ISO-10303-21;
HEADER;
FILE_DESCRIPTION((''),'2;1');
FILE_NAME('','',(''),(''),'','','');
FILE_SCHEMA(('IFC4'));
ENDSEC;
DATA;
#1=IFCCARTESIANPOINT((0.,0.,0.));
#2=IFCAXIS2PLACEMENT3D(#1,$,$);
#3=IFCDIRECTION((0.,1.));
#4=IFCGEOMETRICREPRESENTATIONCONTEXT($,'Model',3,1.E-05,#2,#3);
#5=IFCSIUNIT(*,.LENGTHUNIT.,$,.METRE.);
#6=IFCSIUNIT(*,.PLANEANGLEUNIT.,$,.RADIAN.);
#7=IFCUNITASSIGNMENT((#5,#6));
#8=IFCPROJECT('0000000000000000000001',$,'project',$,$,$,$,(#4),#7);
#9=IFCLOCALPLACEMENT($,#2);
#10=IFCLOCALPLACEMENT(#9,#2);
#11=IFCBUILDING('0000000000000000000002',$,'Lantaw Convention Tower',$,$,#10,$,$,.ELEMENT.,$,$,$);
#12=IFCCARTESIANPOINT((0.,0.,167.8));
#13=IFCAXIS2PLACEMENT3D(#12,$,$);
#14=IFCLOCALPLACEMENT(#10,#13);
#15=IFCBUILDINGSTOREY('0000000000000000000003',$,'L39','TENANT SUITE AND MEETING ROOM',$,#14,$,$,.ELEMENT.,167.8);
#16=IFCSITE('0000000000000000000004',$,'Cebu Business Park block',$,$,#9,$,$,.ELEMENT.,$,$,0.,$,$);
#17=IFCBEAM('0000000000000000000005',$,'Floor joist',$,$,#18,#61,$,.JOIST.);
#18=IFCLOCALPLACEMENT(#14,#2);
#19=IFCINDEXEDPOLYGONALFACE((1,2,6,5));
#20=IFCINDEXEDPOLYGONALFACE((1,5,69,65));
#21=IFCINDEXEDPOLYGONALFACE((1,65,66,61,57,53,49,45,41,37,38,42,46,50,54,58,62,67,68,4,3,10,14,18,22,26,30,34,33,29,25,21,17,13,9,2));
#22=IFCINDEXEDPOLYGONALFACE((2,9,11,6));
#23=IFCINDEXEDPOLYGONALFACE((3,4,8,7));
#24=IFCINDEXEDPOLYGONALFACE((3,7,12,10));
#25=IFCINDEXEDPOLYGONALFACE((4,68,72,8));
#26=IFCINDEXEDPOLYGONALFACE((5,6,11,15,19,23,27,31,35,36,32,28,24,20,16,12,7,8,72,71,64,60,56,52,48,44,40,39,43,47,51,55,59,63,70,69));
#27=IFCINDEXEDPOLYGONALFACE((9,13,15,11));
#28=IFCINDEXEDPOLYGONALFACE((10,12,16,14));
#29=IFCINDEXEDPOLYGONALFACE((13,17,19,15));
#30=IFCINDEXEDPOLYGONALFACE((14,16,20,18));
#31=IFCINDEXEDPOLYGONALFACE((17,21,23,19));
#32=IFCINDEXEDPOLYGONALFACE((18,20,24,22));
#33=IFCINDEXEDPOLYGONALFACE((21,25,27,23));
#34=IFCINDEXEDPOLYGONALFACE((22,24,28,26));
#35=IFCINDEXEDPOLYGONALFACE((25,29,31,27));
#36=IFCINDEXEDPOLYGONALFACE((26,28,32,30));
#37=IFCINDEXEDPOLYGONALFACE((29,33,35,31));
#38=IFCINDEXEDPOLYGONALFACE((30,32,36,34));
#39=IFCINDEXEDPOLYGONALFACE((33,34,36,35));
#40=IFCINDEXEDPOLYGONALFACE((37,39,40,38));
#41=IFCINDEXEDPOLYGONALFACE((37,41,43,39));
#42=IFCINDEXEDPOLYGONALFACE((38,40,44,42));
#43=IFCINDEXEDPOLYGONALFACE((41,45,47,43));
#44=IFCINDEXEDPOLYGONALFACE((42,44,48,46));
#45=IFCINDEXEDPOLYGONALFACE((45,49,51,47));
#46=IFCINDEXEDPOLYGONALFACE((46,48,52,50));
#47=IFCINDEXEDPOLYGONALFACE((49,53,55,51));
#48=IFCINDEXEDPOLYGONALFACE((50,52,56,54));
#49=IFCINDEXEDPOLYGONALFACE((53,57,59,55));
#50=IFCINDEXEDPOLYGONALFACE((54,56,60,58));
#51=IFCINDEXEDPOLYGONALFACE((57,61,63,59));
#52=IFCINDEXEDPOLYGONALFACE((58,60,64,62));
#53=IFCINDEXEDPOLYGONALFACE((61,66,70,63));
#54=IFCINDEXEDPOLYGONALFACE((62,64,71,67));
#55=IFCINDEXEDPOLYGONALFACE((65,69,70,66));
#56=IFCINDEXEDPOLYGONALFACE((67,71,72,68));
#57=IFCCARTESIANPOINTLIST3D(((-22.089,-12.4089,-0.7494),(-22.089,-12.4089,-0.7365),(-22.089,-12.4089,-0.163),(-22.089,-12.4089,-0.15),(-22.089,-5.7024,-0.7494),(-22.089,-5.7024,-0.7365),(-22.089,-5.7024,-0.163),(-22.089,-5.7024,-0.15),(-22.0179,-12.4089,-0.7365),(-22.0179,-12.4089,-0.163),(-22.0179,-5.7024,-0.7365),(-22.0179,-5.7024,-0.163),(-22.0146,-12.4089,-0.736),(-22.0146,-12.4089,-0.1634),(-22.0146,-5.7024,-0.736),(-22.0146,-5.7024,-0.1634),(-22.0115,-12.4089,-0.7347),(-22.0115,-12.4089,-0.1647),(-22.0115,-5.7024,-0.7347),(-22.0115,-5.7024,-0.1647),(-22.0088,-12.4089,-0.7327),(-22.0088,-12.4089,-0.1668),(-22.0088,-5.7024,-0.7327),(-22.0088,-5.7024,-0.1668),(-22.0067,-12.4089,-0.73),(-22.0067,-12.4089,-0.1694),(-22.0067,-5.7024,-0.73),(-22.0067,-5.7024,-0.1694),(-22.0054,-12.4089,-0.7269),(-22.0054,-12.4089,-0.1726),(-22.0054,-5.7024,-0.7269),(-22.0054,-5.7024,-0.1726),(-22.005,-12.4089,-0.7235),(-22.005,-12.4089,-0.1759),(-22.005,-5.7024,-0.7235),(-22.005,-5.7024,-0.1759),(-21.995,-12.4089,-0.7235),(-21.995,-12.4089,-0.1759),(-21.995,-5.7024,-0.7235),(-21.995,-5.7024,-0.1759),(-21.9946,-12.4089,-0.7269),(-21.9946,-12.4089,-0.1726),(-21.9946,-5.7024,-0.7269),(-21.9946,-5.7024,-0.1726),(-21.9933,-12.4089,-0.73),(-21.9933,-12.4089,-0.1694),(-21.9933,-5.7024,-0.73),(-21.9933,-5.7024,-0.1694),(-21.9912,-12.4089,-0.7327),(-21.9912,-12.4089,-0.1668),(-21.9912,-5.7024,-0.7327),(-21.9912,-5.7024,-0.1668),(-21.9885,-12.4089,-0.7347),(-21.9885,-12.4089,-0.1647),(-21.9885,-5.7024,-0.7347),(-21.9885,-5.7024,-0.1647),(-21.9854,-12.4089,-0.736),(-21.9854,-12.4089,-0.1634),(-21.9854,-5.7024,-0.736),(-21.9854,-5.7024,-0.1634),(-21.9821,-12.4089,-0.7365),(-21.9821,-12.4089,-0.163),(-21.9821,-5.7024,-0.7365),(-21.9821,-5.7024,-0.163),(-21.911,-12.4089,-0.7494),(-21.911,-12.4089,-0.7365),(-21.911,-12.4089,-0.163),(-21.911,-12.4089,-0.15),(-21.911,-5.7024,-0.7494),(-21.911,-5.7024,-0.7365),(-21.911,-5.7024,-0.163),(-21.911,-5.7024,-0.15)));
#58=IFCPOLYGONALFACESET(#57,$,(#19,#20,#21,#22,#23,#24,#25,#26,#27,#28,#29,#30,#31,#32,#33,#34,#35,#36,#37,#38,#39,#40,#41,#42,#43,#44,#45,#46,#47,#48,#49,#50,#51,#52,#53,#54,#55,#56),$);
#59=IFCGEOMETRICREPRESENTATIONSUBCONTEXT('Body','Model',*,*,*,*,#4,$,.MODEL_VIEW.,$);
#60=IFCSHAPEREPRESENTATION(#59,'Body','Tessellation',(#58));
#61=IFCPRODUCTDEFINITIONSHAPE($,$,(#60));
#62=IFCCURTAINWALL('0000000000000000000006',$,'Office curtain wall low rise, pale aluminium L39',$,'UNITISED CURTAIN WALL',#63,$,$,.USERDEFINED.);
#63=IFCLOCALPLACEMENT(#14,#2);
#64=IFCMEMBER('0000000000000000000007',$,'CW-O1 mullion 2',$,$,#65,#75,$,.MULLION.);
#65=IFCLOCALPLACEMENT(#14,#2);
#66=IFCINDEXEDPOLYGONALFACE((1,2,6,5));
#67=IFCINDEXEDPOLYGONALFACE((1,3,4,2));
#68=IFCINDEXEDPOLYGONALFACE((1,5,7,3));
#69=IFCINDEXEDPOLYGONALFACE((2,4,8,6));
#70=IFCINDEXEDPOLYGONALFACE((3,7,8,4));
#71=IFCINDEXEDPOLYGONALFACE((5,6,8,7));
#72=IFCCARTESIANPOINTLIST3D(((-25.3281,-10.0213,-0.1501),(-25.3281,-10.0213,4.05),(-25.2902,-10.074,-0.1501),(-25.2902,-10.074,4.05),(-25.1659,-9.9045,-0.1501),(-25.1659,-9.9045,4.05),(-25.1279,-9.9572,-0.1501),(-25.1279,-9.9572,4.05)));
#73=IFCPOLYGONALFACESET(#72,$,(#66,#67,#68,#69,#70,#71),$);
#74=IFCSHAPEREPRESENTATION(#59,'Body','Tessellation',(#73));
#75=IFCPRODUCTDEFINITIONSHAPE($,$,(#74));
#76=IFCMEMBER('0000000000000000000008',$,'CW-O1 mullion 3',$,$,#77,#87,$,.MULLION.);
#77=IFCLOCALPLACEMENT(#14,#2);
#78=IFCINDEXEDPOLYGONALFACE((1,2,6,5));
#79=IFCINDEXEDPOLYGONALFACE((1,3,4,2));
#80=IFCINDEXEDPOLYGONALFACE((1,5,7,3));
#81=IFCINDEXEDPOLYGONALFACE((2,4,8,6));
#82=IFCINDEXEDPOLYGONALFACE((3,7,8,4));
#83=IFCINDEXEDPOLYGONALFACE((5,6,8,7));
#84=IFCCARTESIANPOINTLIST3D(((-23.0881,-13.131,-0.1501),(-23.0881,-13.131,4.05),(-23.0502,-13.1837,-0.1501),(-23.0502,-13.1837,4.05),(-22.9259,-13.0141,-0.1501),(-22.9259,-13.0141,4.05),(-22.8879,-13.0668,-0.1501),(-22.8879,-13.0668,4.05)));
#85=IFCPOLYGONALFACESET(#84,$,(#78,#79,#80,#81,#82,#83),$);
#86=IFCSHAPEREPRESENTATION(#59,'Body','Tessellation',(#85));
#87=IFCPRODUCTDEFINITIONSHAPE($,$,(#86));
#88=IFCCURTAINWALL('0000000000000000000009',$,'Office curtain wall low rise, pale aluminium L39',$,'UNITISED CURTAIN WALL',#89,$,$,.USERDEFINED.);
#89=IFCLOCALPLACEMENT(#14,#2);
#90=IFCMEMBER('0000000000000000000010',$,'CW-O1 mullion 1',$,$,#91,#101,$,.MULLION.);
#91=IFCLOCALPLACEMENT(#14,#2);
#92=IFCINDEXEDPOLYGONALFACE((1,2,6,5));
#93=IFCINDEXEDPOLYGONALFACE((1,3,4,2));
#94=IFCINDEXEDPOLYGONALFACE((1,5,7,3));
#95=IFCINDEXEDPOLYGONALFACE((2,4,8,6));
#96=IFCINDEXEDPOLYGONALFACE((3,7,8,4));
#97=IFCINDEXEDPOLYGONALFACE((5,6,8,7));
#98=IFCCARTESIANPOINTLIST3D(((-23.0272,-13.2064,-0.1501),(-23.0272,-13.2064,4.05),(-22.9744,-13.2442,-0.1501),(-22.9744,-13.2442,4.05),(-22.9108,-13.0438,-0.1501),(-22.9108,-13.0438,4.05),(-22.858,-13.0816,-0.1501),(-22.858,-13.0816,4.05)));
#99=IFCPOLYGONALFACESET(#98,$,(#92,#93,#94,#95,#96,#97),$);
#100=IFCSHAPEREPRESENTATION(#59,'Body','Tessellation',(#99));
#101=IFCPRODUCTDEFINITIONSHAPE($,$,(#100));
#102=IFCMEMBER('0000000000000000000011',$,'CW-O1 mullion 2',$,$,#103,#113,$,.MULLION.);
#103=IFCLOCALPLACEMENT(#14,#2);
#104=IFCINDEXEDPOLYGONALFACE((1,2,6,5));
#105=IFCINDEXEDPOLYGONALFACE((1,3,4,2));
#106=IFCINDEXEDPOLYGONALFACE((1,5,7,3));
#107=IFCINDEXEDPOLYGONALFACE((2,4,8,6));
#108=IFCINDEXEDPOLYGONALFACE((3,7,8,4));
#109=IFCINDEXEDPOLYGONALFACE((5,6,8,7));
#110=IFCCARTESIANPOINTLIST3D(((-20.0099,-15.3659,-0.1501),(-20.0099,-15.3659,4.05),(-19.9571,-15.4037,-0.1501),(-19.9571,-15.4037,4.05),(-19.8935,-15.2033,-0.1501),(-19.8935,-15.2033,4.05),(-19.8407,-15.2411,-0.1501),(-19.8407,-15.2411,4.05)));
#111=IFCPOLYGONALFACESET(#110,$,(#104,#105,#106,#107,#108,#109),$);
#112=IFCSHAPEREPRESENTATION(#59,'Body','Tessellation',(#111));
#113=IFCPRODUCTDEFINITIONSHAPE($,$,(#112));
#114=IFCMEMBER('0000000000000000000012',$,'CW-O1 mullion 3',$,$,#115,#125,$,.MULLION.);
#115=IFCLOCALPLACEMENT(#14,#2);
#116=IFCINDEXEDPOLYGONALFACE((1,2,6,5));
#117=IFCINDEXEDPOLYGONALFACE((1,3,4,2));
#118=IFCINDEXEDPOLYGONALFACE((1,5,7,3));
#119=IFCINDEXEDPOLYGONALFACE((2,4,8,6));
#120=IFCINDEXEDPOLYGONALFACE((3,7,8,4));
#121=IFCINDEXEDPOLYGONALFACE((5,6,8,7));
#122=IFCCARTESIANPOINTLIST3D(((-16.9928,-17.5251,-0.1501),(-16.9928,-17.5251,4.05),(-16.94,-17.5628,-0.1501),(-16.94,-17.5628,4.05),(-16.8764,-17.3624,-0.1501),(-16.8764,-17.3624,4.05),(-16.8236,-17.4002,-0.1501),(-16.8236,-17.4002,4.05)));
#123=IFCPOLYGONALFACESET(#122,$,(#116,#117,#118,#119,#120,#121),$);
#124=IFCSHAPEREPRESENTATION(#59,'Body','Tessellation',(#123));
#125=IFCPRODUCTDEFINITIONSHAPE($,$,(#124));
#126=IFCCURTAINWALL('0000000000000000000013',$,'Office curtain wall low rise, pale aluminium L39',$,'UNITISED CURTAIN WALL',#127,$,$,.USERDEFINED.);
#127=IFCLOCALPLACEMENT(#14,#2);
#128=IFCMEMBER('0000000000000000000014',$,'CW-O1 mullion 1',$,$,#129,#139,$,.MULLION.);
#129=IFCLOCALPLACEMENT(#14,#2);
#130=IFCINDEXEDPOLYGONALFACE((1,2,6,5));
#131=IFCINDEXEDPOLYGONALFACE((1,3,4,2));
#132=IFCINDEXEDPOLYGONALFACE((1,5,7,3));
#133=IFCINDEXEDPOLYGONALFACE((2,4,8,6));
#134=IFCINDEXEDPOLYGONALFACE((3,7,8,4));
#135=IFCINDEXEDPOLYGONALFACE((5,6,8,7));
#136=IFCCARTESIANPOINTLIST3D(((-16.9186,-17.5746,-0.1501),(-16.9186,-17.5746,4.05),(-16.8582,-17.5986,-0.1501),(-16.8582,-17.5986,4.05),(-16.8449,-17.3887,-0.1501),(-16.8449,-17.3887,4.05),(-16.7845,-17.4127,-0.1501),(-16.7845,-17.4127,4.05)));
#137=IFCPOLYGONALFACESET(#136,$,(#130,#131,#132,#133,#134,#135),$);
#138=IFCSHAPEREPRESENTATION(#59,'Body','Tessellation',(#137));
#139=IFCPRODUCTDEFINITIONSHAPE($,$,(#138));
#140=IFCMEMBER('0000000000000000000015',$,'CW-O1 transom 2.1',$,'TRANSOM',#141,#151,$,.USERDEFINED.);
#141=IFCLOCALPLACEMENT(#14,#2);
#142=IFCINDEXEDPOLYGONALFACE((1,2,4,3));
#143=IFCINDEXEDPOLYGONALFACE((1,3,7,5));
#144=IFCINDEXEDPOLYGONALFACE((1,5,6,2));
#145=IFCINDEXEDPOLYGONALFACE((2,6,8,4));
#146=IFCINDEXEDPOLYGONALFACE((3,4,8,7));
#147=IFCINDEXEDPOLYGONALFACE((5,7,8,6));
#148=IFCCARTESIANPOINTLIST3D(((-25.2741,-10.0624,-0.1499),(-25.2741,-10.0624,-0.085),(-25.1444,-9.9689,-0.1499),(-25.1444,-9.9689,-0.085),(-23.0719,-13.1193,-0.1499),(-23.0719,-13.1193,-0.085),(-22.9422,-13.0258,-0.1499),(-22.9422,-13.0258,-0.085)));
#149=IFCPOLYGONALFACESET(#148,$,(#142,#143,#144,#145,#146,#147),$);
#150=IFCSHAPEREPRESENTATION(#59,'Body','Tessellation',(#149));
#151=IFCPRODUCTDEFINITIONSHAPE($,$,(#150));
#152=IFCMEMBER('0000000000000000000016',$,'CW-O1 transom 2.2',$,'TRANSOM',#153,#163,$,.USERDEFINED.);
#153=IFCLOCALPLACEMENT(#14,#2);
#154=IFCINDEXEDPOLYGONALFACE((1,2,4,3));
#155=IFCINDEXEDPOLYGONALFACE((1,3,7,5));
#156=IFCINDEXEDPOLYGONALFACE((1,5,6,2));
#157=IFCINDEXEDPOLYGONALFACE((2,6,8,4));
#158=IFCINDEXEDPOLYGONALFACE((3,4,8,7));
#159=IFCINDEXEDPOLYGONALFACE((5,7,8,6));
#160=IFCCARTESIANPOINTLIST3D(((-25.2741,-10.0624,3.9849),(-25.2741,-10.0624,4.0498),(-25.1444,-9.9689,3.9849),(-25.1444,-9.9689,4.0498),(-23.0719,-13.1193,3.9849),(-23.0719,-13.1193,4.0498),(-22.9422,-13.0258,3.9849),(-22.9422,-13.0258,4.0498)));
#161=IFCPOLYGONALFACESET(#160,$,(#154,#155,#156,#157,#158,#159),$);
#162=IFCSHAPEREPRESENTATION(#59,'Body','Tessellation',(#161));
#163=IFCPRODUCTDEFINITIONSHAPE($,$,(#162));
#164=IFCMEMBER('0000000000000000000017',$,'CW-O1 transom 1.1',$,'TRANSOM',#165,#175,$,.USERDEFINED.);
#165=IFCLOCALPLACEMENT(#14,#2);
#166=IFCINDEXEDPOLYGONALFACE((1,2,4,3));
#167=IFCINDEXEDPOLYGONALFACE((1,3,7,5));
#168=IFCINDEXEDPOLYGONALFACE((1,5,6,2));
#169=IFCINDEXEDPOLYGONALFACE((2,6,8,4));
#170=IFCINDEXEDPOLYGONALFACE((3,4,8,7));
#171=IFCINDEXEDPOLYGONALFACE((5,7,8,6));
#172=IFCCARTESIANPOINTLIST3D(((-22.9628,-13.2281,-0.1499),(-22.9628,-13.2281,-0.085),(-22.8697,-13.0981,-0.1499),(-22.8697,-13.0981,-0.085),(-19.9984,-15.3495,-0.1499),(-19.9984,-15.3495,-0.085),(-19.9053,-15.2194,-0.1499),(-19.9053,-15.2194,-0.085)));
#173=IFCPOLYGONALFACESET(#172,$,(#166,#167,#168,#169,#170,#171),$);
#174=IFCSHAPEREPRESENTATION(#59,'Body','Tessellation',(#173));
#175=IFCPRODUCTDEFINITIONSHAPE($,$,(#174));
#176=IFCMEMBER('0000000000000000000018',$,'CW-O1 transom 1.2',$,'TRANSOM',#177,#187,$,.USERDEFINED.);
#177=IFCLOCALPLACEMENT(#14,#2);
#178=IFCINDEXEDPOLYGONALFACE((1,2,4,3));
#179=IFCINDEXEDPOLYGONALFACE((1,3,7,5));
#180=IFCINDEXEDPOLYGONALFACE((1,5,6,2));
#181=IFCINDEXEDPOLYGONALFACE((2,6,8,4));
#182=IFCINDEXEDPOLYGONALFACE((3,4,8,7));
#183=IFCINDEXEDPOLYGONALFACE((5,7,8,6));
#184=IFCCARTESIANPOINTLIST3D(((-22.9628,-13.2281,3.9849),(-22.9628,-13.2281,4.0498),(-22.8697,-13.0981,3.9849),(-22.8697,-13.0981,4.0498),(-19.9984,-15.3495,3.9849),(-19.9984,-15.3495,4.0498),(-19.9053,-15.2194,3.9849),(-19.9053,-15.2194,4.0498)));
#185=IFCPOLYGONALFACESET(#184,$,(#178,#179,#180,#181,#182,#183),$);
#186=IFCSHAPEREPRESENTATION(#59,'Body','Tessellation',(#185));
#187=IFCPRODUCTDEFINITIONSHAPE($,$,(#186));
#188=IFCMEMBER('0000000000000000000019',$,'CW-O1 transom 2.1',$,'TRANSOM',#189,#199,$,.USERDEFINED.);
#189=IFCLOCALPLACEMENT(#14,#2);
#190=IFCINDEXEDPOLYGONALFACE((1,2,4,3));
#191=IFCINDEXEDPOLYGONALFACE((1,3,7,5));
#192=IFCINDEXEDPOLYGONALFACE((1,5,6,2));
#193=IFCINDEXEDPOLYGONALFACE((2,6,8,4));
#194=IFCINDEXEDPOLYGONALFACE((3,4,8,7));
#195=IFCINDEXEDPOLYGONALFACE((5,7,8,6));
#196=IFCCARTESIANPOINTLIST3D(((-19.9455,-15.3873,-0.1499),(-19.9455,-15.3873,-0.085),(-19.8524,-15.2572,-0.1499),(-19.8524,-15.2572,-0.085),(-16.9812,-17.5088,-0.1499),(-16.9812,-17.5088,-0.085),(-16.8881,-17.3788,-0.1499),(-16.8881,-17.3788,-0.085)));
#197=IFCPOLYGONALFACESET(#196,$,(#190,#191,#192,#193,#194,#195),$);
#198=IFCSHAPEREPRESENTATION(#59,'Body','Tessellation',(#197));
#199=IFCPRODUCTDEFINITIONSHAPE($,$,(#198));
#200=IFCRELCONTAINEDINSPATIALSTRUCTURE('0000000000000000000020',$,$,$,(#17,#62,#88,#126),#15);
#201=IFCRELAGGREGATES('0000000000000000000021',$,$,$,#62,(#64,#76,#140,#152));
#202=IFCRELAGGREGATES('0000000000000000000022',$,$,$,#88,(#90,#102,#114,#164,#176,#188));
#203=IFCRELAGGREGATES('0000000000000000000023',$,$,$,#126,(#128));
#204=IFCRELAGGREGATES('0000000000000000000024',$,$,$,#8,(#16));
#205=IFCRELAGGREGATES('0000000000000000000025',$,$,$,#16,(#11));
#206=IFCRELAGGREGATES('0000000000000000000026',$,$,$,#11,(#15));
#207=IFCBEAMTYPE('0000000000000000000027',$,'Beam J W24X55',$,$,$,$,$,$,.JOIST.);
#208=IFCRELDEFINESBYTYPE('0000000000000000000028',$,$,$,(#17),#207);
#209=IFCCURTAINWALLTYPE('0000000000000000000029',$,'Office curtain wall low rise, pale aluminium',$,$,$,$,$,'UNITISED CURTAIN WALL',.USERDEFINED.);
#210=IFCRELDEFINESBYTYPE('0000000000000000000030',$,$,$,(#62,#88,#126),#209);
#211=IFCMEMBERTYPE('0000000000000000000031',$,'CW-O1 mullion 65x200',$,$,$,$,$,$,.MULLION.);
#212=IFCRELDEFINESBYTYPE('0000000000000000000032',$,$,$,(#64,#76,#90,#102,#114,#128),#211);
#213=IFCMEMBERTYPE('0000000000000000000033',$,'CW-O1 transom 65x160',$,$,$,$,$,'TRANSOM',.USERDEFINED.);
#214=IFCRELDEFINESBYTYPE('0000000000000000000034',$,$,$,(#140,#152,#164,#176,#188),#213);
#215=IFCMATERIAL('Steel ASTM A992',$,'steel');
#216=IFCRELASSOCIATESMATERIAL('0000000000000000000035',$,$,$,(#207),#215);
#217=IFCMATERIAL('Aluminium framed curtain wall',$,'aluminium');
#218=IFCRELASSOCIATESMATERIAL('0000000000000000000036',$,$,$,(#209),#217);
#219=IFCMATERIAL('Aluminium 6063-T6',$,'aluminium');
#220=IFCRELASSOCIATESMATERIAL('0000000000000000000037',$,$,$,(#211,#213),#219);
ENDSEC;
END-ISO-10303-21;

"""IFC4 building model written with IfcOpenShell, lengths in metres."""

from ifc_helpers import new_model, si_unit, direction, frame, origin, origin_2d, place, context, subcontext, project, spatial, rectangle, i_section, extrude, material, material_profile, profile_set, type_object, element, aggregate, save


model = new_model("IFC4")

# Units and contexts
model_context = context("Model", 3, precision=1e-05, world=origin(), true_north=direction((0.0, 1.0)))
body_context = subcontext(model_context, "Body", "Model", "MODEL_VIEW")
ifc_project = project(units=[si_unit("LENGTHUNIT", "METRE"), si_unit("PLANEANGLEUNIT", "RADIAN")], contexts=[model_context])

# Site, building, storey
site_placement = place(None, origin())
site = spatial("IfcSite", under=ifc_project, at=site_placement, Name="Cebu Business Park block", CompositionType="ELEMENT", RefElevation=0.0)
building_placement = place(site_placement, origin())
building = spatial("IfcBuilding", under=site, at=building_placement, Name="Lantaw Convention Tower", CompositionType="ELEMENT")
storey_placement = place(building_placement, frame((0.0, 0.0, 167.8)))
storey = spatial("IfcBuildingStorey", under=building, at=storey_placement, Name="L39", Description="TENANT SUITE AND MEETING ROOM", CompositionType="ELEMENT", Elevation=167.8)

# Beam
ifc_material_1 = material(Name="Steel ASTM A992", Category="steel")
ifc_material_profile_1 = material_profile(ifc_material_1, i_section(OverallWidth=0.178, OverallDepth=0.5994, WebThickness=0.01, FlangeThickness=0.0129, FilletRadius=0.0129, at=origin_2d()), Name="W24X55")
ifc_profile_set_1 = profile_set([ifc_material_profile_1], Name="Steel ASTM A992")
beam_type_1 = type_object("IfcBeamType", Name="Beam J W24X55", PredefinedType="JOIST", material=ifc_profile_set_1)
beam_1_placement = place(storey_placement, frame((-22.0, -12.4089, -0.4497), z_axis=(0.0, 1.0, 0.0), x_axis=(-1.0, 0.0, 0.0)))
element("IfcBeam", 1, at=beam_1_placement, inside=storey, type_object=beam_type_1, Name="Floor joist", PredefinedType="JOIST", context=body_context, shape_type="SweptSolid", body=[
    extrude(i_section(OverallWidth=0.178, OverallDepth=0.5994, WebThickness=0.01, FlangeThickness=0.0129, FilletRadius=0.0129, at=origin_2d()), origin(), (0.0, 0.0, 1.0), 6.7065),
])

# Curtain walls, members
ifc_material_2 = material(Name="Aluminium framed curtain wall", Category="aluminium")
curtain_wall_type = type_object("IfcCurtainWallType", Name="Office curtain wall low rise, pale aluminium", ElementType="UNITISED CURTAIN WALL", PredefinedType="USERDEFINED", material=ifc_material_2)
curtain_wall_1_placement = place(storey_placement, origin())
curtain_wall_1 = element("IfcCurtainWall", 2, at=curtain_wall_1_placement, inside=storey, type_object=curtain_wall_type, Name="Office curtain wall low rise, pale aluminium L39", ObjectType="UNITISED CURTAIN WALL", PredefinedType="USERDEFINED")
ifc_material_3 = material(Name="Aluminium 6063-T6", Category="aluminium")
ifc_material_profile_2 = material_profile(ifc_material_3, rectangle(XDim=0.2, YDim=0.0649, at=origin_2d()), Name="CW-O1 mullion 65x200")
ifc_profile_set_2 = profile_set([ifc_material_profile_2], Name="Aluminium 6063-T6")
member_type_1 = type_object("IfcMemberType", Name="CW-O1 mullion 65x200", PredefinedType="MULLION", material=ifc_profile_set_2)
member_1_placement = place(storey_placement, frame((-25.228, -9.9893, -0.1501), z_axis=(0.0, 0.0, 1.0), x_axis=(0.811385, 0.584513, 0.0)))
member_1 = element("IfcMember", 3, at=member_1_placement, type_object=member_type_1, Name="CW-O1 mullion 2", PredefinedType="MULLION", context=body_context, shape_type="SweptSolid", body=[
    extrude(rectangle(XDim=0.2, YDim=0.0649, at=origin_2d()), origin(), (0.0, 0.0, 1.0), 4.2002),
])
member_2_placement = place(storey_placement, frame((-22.988, -13.0989, -0.1501), z_axis=(0.0, 0.0, 1.0), x_axis=(0.811385, 0.584513, 0.0)))
member_2 = element("IfcMember", 4, at=member_2_placement, type_object=member_type_1, Name="CW-O1 mullion 3", PredefinedType="MULLION", context=body_context, shape_type="SweptSolid", body=[
    extrude(rectangle(XDim=0.2, YDim=0.0649, at=origin_2d()), origin(), (0.0, 0.0, 1.0), 4.2002),
])
curtain_wall_2_placement = place(storey_placement, origin())
curtain_wall_2 = element("IfcCurtainWall", 5, at=curtain_wall_2_placement, inside=storey, type_object=curtain_wall_type, Name="Office curtain wall low rise, pale aluminium L39", ObjectType="UNITISED CURTAIN WALL", PredefinedType="USERDEFINED")
member_3_placement = place(storey_placement, frame((-22.9426, -13.144, -0.1501), z_axis=(0.0, 0.0, 1.0), x_axis=(0.581973, 0.813208, 0.0)))
member_3 = element("IfcMember", 6, at=member_3_placement, type_object=member_type_1, Name="CW-O1 mullion 1", PredefinedType="MULLION", context=body_context, shape_type="SweptSolid", body=[
    extrude(rectangle(XDim=0.2, YDim=0.0649, at=origin_2d()), origin(), (0.0, 0.0, 1.0), 4.2002),
])
member_4_placement = place(storey_placement, frame((-19.9253, -15.3035, -0.1501), z_axis=(0.0, 0.0, 1.0), x_axis=(0.581973, 0.813208, 0.0)))
member_4 = element("IfcMember", 7, at=member_4_placement, type_object=member_type_1, Name="CW-O1 mullion 2", PredefinedType="MULLION", context=body_context, shape_type="SweptSolid", body=[
    extrude(rectangle(XDim=0.2, YDim=0.0649, at=origin_2d()), origin(), (0.0, 0.0, 1.0), 4.2002),
])
member_5_placement = place(storey_placement, frame((-16.9082, -17.4626, -0.1501), z_axis=(0.0, 0.0, 1.0), x_axis=(0.581973, 0.813208, 0.0)))
member_5 = element("IfcMember", 8, at=member_5_placement, type_object=member_type_1, Name="CW-O1 mullion 3", PredefinedType="MULLION", context=body_context, shape_type="SweptSolid", body=[
    extrude(rectangle(XDim=0.2, YDim=0.0649, at=origin_2d()), origin(), (0.0, 0.0, 1.0), 4.2002),
])

# Curtain wall, member
curtain_wall_3_placement = place(storey_placement, origin())
curtain_wall_3 = element("IfcCurtainWall", 9, at=curtain_wall_3_placement, inside=storey, type_object=curtain_wall_type, Name="Office curtain wall low rise, pale aluminium L39", ObjectType="UNITISED CURTAIN WALL", PredefinedType="USERDEFINED")
member_6_placement = place(storey_placement, frame((-16.8516, -17.4937, -0.1501), z_axis=(0.0, 0.0, 1.0), x_axis=(0.368702, 0.929548, 0.0)))
member_6 = element("IfcMember", 10, at=member_6_placement, type_object=member_type_1, Name="CW-O1 mullion 1", PredefinedType="MULLION", context=body_context, shape_type="SweptSolid", body=[
    extrude(rectangle(XDim=0.2, YDim=0.0649, at=origin_2d()), origin(), (0.0, 0.0, 1.0), 4.2002),
])

# Members
ifc_material_profile_3 = material_profile(ifc_material_3, rectangle(XDim=0.1599, YDim=0.0649, at=origin_2d()), Name="CW-O1 transom 65x160")
ifc_profile_set_3 = profile_set([ifc_material_profile_3], Name="Aluminium 6063-T6")
member_type_2 = type_object("IfcMemberType", Name="CW-O1 transom 65x160", ElementType="TRANSOM", PredefinedType="USERDEFINED", material=ifc_profile_set_3)
member_7_placement = place(storey_placement, frame((-25.2092, -10.0156, -0.1174), z_axis=(0.584513, -0.811384, 0.0), x_axis=(0.811384, 0.584513, 0.0)))
member_7 = element("IfcMember", 11, at=member_7_placement, type_object=member_type_2, Name="CW-O1 transom 2.1", ObjectType="TRANSOM", PredefinedType="USERDEFINED", context=body_context, shape_type="SweptSolid", body=[
    extrude(rectangle(XDim=0.1599, YDim=0.0649, at=origin_2d()), origin(), (0.0, 0.0, 1.0), 3.7676),
])
member_8_placement = place(storey_placement, frame((-25.2092, -10.0156, 4.0173), z_axis=(0.584513, -0.811384, 0.0), x_axis=(0.811384, 0.584513, 0.0)))
member_8 = element("IfcMember", 12, at=member_8_placement, type_object=member_type_2, Name="CW-O1 transom 2.2", ObjectType="TRANSOM", PredefinedType="USERDEFINED", context=body_context, shape_type="SweptSolid", body=[
    extrude(rectangle(XDim=0.1599, YDim=0.0649, at=origin_2d()), origin(), (0.0, 0.0, 1.0), 3.7676),
])
member_9_placement = place(storey_placement, frame((-22.9163, -13.1631, -0.1174), z_axis=(0.813222, -0.581954, 0.0), x_axis=(0.581954, 0.813222, 0.0)))
member_9 = element("IfcMember", 13, at=member_9_placement, type_object=member_type_2, Name="CW-O1 transom 1.1", ObjectType="TRANSOM", PredefinedType="USERDEFINED", context=body_context, shape_type="SweptSolid", body=[
    extrude(rectangle(XDim=0.1599, YDim=0.0649, at=origin_2d()), origin(), (0.0, 0.0, 1.0), 3.6453),
])
member_10_placement = place(storey_placement, frame((-22.9163, -13.1631, 4.0173), z_axis=(0.813222, -0.581954, 0.0), x_axis=(0.581954, 0.813222, 0.0)))
member_10 = element("IfcMember", 14, at=member_10_placement, type_object=member_type_2, Name="CW-O1 transom 1.2", ObjectType="TRANSOM", PredefinedType="USERDEFINED", context=body_context, shape_type="SweptSolid", body=[
    extrude(rectangle(XDim=0.1599, YDim=0.0649, at=origin_2d()), origin(), (0.0, 0.0, 1.0), 3.6453),
])
member_11_placement = place(storey_placement, frame((-19.8989, -15.3223, -0.1174), z_axis=(0.81319, -0.581998, 0.0), x_axis=(0.581998, 0.81319, 0.0)))
member_11 = element("IfcMember", 15, at=member_11_placement, type_object=member_type_2, Name="CW-O1 transom 2.1", ObjectType="TRANSOM", PredefinedType="USERDEFINED", context=body_context, shape_type="SweptSolid", body=[
    extrude(rectangle(XDim=0.1599, YDim=0.0649, at=origin_2d()), origin(), (0.0, 0.0, 1.0), 3.6453),
])

aggregate(curtain_wall_1, [member_1, member_2, member_7, member_8])
aggregate(curtain_wall_2, [member_3, member_4, member_5, member_9, member_10, member_11])
aggregate(curtain_wall_3, [member_6])

save(model, "model.ifc")
